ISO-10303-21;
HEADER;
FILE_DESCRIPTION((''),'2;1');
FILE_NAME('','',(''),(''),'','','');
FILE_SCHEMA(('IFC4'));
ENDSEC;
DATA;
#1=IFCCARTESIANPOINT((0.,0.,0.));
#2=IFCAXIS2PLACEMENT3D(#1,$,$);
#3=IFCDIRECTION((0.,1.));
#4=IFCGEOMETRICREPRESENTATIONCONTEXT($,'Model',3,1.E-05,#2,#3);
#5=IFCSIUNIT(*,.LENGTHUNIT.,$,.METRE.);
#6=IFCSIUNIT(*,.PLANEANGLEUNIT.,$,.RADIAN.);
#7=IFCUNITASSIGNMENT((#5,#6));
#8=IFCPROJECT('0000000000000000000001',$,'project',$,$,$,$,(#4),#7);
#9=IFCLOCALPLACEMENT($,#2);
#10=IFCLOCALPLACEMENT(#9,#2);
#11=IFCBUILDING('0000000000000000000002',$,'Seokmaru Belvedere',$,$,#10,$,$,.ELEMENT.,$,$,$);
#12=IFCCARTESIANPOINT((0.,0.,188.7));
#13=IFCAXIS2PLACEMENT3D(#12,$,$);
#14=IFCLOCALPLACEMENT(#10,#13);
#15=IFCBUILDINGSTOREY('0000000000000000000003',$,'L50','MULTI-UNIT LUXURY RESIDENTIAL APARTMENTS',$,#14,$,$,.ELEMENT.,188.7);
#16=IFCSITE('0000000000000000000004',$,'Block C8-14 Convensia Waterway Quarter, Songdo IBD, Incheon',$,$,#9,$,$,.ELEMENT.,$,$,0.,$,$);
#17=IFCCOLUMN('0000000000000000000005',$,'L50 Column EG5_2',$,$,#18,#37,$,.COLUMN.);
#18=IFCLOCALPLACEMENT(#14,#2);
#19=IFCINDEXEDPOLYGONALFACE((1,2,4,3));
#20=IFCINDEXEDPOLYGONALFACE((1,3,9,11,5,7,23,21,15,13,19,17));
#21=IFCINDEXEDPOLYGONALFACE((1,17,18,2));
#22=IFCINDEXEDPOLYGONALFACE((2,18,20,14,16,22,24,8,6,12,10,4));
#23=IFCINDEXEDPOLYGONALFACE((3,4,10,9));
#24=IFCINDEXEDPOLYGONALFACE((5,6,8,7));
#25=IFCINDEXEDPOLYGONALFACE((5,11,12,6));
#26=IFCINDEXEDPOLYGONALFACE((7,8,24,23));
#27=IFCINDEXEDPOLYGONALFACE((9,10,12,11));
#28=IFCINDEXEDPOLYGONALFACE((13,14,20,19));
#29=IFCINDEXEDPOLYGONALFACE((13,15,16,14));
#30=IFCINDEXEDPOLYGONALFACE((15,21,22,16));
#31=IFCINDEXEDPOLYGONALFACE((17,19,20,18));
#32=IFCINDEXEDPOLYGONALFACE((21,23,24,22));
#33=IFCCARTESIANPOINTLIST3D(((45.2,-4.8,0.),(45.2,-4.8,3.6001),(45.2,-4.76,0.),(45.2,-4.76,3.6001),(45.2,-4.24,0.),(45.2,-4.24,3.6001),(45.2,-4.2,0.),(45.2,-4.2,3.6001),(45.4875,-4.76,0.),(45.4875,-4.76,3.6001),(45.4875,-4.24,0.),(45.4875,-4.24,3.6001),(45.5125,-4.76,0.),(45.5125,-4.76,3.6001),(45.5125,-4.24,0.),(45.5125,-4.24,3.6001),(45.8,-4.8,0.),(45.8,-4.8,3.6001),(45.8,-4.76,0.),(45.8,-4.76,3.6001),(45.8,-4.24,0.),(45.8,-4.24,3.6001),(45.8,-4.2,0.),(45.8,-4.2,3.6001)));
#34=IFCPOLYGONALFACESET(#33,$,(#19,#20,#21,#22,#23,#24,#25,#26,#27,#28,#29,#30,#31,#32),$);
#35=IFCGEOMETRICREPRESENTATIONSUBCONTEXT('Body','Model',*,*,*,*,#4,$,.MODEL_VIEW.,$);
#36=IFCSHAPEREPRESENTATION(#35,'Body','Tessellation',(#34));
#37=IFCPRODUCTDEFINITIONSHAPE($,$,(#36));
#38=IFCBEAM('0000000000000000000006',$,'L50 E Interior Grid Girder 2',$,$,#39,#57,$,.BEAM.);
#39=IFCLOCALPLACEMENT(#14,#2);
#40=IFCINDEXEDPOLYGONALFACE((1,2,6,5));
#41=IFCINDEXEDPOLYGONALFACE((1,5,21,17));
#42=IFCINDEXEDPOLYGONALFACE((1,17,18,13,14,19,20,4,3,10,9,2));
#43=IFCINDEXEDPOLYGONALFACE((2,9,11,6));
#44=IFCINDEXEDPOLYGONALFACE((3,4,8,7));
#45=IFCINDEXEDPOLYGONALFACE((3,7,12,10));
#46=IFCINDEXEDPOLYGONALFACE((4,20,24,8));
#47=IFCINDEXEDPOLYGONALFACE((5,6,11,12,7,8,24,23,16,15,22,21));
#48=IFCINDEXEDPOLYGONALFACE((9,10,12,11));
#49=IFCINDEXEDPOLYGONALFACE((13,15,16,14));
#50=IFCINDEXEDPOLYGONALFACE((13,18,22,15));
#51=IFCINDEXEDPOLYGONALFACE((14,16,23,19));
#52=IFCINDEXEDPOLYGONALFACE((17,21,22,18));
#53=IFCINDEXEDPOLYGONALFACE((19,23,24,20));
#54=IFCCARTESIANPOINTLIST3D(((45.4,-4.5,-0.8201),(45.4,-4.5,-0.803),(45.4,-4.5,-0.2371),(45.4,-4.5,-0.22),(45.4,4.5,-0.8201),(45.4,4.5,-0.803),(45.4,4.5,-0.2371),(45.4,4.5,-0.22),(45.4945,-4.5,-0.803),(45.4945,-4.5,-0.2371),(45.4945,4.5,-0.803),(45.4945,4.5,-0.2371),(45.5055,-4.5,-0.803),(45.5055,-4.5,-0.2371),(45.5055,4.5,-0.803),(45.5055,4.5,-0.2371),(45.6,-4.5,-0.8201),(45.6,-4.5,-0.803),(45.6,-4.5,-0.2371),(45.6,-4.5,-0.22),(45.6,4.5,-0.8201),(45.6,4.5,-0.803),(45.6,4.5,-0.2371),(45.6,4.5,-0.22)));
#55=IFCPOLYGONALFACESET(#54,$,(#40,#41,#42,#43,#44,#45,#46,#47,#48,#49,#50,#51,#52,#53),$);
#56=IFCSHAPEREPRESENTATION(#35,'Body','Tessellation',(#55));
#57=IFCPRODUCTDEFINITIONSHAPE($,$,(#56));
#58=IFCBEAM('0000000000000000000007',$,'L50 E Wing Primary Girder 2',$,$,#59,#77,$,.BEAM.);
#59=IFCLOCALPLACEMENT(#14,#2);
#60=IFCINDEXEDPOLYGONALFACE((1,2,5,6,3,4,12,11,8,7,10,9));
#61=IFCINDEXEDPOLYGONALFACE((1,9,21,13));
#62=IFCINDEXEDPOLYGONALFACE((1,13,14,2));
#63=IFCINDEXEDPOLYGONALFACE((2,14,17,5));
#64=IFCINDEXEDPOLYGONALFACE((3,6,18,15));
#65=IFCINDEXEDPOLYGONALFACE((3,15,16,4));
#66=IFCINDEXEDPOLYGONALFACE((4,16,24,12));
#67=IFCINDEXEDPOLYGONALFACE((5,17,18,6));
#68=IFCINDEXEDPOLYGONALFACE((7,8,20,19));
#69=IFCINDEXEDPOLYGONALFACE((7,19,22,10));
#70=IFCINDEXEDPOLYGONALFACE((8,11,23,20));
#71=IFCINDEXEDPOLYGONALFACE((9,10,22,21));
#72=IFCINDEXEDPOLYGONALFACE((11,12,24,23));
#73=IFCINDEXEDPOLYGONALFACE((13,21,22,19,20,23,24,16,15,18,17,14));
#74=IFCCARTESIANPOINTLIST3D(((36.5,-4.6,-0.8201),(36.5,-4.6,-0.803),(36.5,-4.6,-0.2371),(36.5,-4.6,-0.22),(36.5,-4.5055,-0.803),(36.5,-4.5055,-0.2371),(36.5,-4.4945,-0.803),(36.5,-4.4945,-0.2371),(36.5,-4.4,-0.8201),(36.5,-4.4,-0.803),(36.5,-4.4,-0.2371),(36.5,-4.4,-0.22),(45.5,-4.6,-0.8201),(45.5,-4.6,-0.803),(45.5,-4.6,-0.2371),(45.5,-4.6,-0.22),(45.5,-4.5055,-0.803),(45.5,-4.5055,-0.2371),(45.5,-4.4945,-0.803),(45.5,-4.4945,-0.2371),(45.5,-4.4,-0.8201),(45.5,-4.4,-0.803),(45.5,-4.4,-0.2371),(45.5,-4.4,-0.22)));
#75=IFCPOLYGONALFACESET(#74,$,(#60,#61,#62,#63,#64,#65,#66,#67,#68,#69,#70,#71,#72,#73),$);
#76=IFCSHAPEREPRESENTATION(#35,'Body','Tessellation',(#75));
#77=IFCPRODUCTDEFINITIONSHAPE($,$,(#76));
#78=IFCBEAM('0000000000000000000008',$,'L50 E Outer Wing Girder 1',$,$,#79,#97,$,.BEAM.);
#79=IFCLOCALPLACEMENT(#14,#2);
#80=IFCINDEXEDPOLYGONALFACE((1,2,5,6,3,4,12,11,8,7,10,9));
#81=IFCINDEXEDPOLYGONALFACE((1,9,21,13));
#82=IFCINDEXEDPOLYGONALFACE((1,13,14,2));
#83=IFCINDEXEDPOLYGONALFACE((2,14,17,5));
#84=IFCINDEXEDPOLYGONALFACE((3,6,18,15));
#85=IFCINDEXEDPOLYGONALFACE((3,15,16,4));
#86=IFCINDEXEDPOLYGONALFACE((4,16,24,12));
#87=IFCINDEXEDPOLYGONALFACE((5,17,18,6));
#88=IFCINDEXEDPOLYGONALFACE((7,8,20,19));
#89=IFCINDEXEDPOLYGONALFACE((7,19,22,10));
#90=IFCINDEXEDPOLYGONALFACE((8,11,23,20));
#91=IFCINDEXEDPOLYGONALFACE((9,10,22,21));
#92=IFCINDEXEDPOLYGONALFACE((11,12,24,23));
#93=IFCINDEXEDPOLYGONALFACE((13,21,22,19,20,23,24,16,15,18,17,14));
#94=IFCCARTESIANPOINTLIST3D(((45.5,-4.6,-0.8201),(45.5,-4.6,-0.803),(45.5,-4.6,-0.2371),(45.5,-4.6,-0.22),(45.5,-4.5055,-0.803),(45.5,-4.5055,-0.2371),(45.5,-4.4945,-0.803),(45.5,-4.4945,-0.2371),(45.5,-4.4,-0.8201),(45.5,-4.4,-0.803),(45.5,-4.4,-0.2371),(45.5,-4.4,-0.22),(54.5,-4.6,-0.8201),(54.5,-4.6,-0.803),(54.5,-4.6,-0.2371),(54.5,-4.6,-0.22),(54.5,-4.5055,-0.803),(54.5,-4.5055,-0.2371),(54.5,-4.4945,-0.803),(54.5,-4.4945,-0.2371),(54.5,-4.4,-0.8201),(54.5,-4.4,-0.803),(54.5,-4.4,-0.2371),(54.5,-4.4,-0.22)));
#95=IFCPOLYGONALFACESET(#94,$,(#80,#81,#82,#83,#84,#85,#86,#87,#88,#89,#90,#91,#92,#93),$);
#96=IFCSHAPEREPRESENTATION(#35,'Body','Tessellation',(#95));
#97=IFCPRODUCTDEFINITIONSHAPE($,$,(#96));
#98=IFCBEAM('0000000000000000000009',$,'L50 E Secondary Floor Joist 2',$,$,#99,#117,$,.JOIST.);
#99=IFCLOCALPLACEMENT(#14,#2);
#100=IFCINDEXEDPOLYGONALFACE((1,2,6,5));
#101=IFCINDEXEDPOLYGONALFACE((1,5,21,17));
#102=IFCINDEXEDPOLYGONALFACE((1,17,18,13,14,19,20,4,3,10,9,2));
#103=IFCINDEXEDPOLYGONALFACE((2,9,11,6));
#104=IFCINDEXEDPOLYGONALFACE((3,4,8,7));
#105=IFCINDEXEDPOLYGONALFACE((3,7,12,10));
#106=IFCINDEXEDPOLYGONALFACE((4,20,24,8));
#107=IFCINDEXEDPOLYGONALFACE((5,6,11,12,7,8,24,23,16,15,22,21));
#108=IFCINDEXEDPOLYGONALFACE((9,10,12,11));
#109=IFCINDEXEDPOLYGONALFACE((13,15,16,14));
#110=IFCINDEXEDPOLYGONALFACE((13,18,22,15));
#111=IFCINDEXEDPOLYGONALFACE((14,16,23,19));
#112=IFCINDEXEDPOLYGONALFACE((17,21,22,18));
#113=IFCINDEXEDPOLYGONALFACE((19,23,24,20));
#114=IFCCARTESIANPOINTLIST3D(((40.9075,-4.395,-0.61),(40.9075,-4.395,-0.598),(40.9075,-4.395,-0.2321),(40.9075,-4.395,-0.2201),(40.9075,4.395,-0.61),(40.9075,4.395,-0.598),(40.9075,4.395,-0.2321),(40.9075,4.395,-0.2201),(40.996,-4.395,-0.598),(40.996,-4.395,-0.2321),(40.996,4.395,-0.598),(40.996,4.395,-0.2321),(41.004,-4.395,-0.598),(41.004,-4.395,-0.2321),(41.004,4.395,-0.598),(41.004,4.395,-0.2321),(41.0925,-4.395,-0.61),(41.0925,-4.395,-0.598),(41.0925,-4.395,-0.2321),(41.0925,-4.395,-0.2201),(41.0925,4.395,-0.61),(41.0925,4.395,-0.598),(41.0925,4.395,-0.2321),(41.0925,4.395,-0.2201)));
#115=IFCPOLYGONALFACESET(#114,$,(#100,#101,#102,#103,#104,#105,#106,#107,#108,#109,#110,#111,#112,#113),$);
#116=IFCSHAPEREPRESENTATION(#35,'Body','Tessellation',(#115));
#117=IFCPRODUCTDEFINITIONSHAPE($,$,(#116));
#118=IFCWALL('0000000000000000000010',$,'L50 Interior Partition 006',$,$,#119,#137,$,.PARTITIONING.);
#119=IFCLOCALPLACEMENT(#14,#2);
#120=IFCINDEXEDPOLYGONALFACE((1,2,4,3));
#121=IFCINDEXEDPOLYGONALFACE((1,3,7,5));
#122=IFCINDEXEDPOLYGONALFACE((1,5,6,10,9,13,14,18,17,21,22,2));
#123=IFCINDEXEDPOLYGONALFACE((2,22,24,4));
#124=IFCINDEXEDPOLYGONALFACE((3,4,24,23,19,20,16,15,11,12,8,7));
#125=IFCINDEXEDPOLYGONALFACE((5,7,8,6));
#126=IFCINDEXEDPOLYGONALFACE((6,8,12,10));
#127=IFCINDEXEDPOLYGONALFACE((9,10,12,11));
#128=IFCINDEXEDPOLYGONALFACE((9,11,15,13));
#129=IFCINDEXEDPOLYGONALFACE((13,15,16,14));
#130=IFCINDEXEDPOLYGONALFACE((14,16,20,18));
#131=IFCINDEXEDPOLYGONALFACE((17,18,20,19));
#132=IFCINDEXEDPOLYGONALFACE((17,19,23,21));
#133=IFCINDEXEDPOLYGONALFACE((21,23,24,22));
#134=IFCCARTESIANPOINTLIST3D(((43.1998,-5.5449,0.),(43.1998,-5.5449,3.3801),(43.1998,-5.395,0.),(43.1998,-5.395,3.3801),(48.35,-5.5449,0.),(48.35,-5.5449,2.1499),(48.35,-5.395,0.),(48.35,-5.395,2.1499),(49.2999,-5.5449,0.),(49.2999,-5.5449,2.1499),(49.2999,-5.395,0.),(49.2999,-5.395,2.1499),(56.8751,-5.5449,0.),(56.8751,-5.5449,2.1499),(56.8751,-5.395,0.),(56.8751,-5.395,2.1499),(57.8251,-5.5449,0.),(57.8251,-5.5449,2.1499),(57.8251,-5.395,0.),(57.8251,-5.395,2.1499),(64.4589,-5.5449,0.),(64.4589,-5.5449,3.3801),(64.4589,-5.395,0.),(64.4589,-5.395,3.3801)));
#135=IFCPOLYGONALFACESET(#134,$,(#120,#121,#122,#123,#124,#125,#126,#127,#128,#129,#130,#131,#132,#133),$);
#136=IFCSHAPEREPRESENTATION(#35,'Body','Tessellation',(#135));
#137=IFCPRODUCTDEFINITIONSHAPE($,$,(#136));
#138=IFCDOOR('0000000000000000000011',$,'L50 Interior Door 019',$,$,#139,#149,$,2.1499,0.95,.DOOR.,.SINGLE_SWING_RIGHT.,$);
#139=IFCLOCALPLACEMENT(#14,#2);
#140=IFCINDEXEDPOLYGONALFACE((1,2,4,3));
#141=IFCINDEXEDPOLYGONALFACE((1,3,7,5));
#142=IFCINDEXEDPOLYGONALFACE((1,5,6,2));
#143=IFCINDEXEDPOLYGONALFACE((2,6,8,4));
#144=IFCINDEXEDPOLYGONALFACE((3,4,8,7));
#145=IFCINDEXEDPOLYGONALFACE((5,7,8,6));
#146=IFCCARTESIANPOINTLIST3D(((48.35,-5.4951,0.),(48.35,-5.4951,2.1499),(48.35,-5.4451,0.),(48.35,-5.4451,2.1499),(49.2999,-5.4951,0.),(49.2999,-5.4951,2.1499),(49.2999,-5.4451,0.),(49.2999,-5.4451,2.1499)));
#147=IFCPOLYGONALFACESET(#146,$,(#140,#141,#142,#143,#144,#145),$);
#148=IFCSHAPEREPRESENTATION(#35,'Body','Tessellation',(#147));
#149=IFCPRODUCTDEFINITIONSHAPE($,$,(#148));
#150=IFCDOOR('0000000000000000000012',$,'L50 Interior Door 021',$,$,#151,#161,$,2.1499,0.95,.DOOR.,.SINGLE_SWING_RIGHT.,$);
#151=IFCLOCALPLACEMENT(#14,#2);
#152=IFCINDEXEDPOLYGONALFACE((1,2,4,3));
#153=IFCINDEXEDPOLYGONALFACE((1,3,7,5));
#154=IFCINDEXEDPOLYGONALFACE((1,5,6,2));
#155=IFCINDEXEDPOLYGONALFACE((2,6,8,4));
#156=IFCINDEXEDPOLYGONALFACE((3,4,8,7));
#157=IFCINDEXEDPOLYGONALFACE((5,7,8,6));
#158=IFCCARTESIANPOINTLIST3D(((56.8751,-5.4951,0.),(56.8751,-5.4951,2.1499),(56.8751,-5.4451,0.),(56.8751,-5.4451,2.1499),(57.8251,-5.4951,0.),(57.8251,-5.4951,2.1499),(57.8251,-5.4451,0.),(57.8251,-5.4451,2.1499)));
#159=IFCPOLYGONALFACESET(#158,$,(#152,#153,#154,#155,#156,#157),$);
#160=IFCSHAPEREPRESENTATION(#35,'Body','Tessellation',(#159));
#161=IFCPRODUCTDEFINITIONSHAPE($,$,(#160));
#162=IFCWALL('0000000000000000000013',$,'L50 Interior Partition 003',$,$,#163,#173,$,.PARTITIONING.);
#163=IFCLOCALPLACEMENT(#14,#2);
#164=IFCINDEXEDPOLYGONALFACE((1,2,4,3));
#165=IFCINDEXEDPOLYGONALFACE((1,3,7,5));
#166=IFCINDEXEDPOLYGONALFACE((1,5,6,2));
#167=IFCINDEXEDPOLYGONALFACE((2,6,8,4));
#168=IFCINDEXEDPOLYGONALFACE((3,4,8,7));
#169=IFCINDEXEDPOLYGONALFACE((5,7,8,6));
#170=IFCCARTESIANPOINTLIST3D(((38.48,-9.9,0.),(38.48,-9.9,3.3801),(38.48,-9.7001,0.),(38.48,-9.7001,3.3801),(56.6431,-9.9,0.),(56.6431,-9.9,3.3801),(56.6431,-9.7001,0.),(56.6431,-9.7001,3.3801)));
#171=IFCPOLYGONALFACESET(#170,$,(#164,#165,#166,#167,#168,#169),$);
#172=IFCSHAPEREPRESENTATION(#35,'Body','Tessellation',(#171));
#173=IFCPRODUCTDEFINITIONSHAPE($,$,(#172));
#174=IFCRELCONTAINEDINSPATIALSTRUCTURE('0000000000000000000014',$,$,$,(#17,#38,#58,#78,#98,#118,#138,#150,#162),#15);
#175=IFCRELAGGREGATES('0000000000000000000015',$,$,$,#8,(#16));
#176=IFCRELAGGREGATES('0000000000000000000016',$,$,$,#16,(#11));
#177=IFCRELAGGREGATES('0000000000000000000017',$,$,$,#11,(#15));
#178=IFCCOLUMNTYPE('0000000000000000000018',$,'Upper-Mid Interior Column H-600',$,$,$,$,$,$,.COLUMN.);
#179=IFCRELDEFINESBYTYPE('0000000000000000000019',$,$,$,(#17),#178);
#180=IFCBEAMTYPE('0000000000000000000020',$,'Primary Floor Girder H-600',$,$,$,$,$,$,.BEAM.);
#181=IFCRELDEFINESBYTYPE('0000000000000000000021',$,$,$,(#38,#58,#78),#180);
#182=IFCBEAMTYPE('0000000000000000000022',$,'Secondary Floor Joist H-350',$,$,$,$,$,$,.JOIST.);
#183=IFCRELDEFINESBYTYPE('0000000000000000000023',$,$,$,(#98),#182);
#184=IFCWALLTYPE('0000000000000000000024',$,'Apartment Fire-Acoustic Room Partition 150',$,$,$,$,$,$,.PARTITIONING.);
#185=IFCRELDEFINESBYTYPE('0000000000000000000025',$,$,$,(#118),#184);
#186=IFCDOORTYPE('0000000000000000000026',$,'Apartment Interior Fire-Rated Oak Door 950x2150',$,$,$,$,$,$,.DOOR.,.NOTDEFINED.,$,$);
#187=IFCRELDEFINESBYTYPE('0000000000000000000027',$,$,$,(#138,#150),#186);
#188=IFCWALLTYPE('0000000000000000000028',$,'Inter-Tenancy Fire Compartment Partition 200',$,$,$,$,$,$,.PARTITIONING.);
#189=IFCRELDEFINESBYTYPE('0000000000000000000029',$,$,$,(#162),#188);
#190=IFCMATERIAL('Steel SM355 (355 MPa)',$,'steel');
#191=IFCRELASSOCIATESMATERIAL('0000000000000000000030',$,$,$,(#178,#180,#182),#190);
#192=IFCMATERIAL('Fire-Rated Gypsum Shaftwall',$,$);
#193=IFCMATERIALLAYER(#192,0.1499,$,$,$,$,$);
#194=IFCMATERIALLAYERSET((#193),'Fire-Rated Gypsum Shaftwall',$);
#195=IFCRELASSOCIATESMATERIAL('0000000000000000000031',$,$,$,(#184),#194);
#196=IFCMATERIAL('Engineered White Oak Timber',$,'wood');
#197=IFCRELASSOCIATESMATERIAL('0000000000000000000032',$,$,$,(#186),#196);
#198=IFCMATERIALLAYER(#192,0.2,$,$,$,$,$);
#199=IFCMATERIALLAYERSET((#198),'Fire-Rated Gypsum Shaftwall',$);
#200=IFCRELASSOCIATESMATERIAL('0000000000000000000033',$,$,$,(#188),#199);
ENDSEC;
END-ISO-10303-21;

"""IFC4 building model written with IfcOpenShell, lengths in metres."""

from ifc_helpers import new_model, si_unit, direction, frame, frame_2d, origin, origin_2d, place, context, subcontext, project, spatial, rectangle, i_section, extrude, source, transform, mapped, material, layer, layer_set, material_profile, profile_set, type_object, type_shapes, element, fill, save


model = new_model("IFC4")

# Units and contexts
model_context = context("Model", 3, precision=1e-05, world=origin(), true_north=direction((0.0, 1.0)))
body_context = subcontext(model_context, "Body", "Model", "MODEL_VIEW")
ifc_project = project(units=[si_unit("LENGTHUNIT", "METRE"), si_unit("PLANEANGLEUNIT", "RADIAN")], contexts=[model_context])

# Site, building, storey
site_placement = place(None, origin())
site = spatial("IfcSite", under=ifc_project, at=site_placement, Name="Block C8-14 Convensia Waterway Quarter, Songdo IBD, Incheon", CompositionType="ELEMENT", RefElevation=0.0)
building_placement = place(site_placement, origin())
building = spatial("IfcBuilding", under=site, at=building_placement, Name="Seokmaru Belvedere", CompositionType="ELEMENT")
storey_placement = place(building_placement, frame((0.0, 0.0, 188.7)))
storey = spatial("IfcBuildingStorey", under=building, at=storey_placement, Name="L50", Description="MULTI-UNIT LUXURY RESIDENTIAL APARTMENTS", CompositionType="ELEMENT", Elevation=188.7)

# Column
ifc_material_1 = material(Name="Steel SM355 (355 MPa)", Category="steel")
ifc_material_profile_1 = material_profile(ifc_material_1, i_section(OverallWidth=0.6001, OverallDepth=0.6001, WebThickness=0.0249, FlangeThickness=0.04, at=origin_2d()), Name="H-600x600x25x40")
ifc_profile_set_1 = profile_set([ifc_material_profile_1], Name="Steel SM355 (355 MPa)")
column_type = type_object("IfcColumnType", Name="Upper-Mid Interior Column H-600", PredefinedType="COLUMN", material=ifc_profile_set_1)
shared_shape_1 = source(origin(), body_context, "Body", "SweptSolid", [
    extrude(i_section(OverallWidth=0.6001, OverallDepth=0.6001, WebThickness=0.0249, FlangeThickness=0.04, at=origin_2d()), origin(), (0.0, 0.0, 1.0), 3.6001),
])
type_shapes(column_type, [shared_shape_1])
column_placement = place(storey_placement, frame((45.5, -4.5, 0.0), z_axis=(0.0, 0.0, 1.0), x_axis=(1.0, 0.0, 0.0)))
element("IfcColumn", 1, at=column_placement, inside=storey, type_object=column_type, Name="L50 Column EG5_2", PredefinedType="COLUMN", context=body_context, shape_type="MappedRepresentation", body=[
    mapped(shared_shape_1, transform((0.0, 0.0, 0.0), scale=1.0)),
])

# Beams
ifc_material_profile_2 = material_profile(ifc_material_1, i_section(OverallWidth=0.2, OverallDepth=0.6001, WebThickness=0.011, FlangeThickness=0.0171, at=origin_2d()), Name="H-600x200x11x17")
ifc_profile_set_2 = profile_set([ifc_material_profile_2], Name="Steel SM355 (355 MPa)")
beam_type_1 = type_object("IfcBeamType", Name="Primary Floor Girder H-600", PredefinedType="BEAM", material=ifc_profile_set_2)
shared_shape_2 = source(origin(), body_context, "Body", "SweptSolid", [
    extrude(i_section(OverallWidth=0.2, OverallDepth=0.6001, WebThickness=0.011, FlangeThickness=0.0171, at=origin_2d()), origin(), (0.0, 0.0, 1.0), 9.0),
])
type_shapes(beam_type_1, [shared_shape_2])
for number, where, z_axis, x_axis, name in (
    (2, (45.5, -4.5, -0.52), (0.0, 1.0, 0.0), (-1.0, 0.0, 0.0), "L50 E Interior Grid Girder 2"),
    (3, (36.5, -4.5, -0.52), (1.0, 0.0, 0.0), (0.0, 1.0, 0.0), "L50 E Wing Primary Girder 2"),
    (4, (45.5, -4.5, -0.52), (1.0, 0.0, 0.0), (0.0, 1.0, 0.0), "L50 E Outer Wing Girder 1"),
):
    element("IfcBeam", number, at=place(storey_placement, frame(where, z_axis=z_axis, x_axis=x_axis)), inside=storey, type_object=beam_type_1, Name=name, PredefinedType="BEAM", context=body_context, shape_type="MappedRepresentation", body=[
        mapped(shared_shape_2, transform((0.0, 0.0, 0.0), scale=1.0)),
    ])
ifc_material_profile_3 = material_profile(ifc_material_1, i_section(OverallWidth=0.1851, OverallDepth=0.3899, WebThickness=0.0081, FlangeThickness=0.012, at=origin_2d()), Name="H-390x185x8x12")
ifc_profile_set_3 = profile_set([ifc_material_profile_3], Name="Steel SM355 (355 MPa)")
beam_type_2 = type_object("IfcBeamType", Name="Secondary Floor Joist H-350", PredefinedType="JOIST", material=ifc_profile_set_3)
shared_shape_3 = source(origin(), body_context, "Body", "SweptSolid", [
    extrude(i_section(OverallWidth=0.1851, OverallDepth=0.3899, WebThickness=0.0081, FlangeThickness=0.012, at=origin_2d()), origin(), (0.0, 0.0, 1.0), 8.79),
])
type_shapes(beam_type_2, [shared_shape_3])
beam_placement = place(storey_placement, frame((41.0, -4.395, -0.415), z_axis=(0.0, 1.0, 0.0), x_axis=(-1.0, 0.0, 0.0)))
element("IfcBeam", 5, at=beam_placement, inside=storey, type_object=beam_type_2, Name="L50 E Secondary Floor Joist 2", PredefinedType="JOIST", context=body_context, shape_type="MappedRepresentation", body=[
    mapped(shared_shape_3, transform((0.0, 0.0, 0.0), scale=1.0)),
])

# Wall, openings, doors
ifc_material_2 = material(Name="Fire-Rated Gypsum Shaftwall")
ifc_layer_1 = layer(ifc_material_2, 0.1499)
ifc_layer_set_1 = layer_set([ifc_layer_1], Name="Fire-Rated Gypsum Shaftwall")
wall_type_1 = type_object("IfcWallType", Name="Apartment Fire-Acoustic Room Partition 150", PredefinedType="PARTITIONING", material=ifc_layer_set_1)
wall_1_placement = place(storey_placement, frame((43.2, -5.47, 0.0), z_axis=(0.0, 0.0, 1.0), x_axis=(1.0, 0.0, 0.0)))
wall_1 = element("IfcWall", 6, at=wall_1_placement, inside=storey, type_object=wall_type_1, Name="L50 Interior Partition 006", PredefinedType="PARTITIONING", context=body_context, shape_type="SweptSolid", body=[
    extrude(rectangle(XDim=21.259, YDim=0.1499, at=frame_2d((10.6294, 0.0))), origin(), (0.0, 0.0, 1.0), 3.3801),
])
opening_1_placement = place(wall_1_placement, frame((5.1499, 0.0, 0.0)))
opening_1 = element("IfcOpeningElement", 7, at=opening_1_placement, cuts=wall_1, PredefinedType="OPENING", context=body_context, shape_type="SweptSolid", body=[
    extrude(rectangle(XDim=0.95, YDim=2.1499, at=frame_2d((0.4751, 1.075))), frame((0.0, 0.085, 0.0), z_axis=(0.0, -1.0, 0.0), x_axis=(1.0, 0.0, 0.0)), (0.0, 0.0, 1.0), 0.1699),
])
opening_2_placement = place(wall_1_placement, frame((13.675, 0.0, 0.0)))
opening_2 = element("IfcOpeningElement", 8, at=opening_2_placement, cuts=wall_1, PredefinedType="OPENING", context=body_context, shape_type="SweptSolid", body=[
    extrude(rectangle(XDim=0.95, YDim=2.1499, at=frame_2d((0.4751, 1.075))), frame((0.0, 0.085, 0.0), z_axis=(0.0, -1.0, 0.0), x_axis=(1.0, 0.0, 0.0)), (0.0, 0.0, 1.0), 0.1699),
])
ifc_material_3 = material(Name="Engineered White Oak Timber", Category="wood")
door_type_1 = type_object("IfcDoorType", Name="Apartment Interior Fire-Rated Oak Door 950x2150", OperationType="NOTDEFINED", PredefinedType="DOOR", material=ifc_material_3)
shared_shape_4 = source(origin(), body_context, "Body", "SweptSolid", [
    extrude(rectangle(XDim=0.95, YDim=2.1499, at=frame_2d((0.4751, 1.075))), frame((0.0, 0.0249, 0.0), z_axis=(0.0, -1.0, 0.0), x_axis=(1.0, 0.0, 0.0)), (0.0, 0.0, 1.0), 0.05),
])
type_shapes(door_type_1, [shared_shape_4])
door_1_placement = place(opening_1_placement, origin())
door_1 = element("IfcDoor", 9, at=door_1_placement, inside=storey, type_object=door_type_1, Name="L50 Interior Door 019", OperationType="SINGLE_SWING_RIGHT", OverallHeight=2.1499, OverallWidth=0.95, PredefinedType="DOOR", context=body_context, shape_type="MappedRepresentation", body=[
    mapped(shared_shape_4, transform((0.0, 0.0, 0.0), scale=1.0)),
])
fill(opening_1, door_1)
door_2_placement = place(opening_2_placement, origin())
door_2 = element("IfcDoor", 10, at=door_2_placement, inside=storey, type_object=door_type_1, Name="L50 Interior Door 021", OperationType="SINGLE_SWING_RIGHT", OverallHeight=2.1499, OverallWidth=0.95, PredefinedType="DOOR", context=body_context, shape_type="MappedRepresentation", body=[
    mapped(shared_shape_4, transform((0.0, 0.0, 0.0), scale=1.0)),
])
fill(opening_2, door_2)

# Wall
ifc_layer_2 = layer(ifc_material_2, 0.2)
ifc_layer_set_2 = layer_set([ifc_layer_2], Name="Fire-Rated Gypsum Shaftwall")
wall_type_2 = type_object("IfcWallType", Name="Inter-Tenancy Fire Compartment Partition 200", PredefinedType="PARTITIONING", material=ifc_layer_set_2)
wall_2_placement = place(storey_placement, frame((38.48, -9.8, 0.0), z_axis=(0.0, 0.0, 1.0), x_axis=(1.0, 0.0, 0.0)))
element("IfcWall", 11, at=wall_2_placement, inside=storey, type_object=wall_type_2, Name="L50 Interior Partition 003", PredefinedType="PARTITIONING", context=body_context, shape_type="SweptSolid", body=[
    extrude(rectangle(XDim=18.1631, YDim=0.2, at=frame_2d((9.0815, 0.0))), origin(), (0.0, 0.0, 1.0), 3.3801),
])

save(model, "model.ifc")
